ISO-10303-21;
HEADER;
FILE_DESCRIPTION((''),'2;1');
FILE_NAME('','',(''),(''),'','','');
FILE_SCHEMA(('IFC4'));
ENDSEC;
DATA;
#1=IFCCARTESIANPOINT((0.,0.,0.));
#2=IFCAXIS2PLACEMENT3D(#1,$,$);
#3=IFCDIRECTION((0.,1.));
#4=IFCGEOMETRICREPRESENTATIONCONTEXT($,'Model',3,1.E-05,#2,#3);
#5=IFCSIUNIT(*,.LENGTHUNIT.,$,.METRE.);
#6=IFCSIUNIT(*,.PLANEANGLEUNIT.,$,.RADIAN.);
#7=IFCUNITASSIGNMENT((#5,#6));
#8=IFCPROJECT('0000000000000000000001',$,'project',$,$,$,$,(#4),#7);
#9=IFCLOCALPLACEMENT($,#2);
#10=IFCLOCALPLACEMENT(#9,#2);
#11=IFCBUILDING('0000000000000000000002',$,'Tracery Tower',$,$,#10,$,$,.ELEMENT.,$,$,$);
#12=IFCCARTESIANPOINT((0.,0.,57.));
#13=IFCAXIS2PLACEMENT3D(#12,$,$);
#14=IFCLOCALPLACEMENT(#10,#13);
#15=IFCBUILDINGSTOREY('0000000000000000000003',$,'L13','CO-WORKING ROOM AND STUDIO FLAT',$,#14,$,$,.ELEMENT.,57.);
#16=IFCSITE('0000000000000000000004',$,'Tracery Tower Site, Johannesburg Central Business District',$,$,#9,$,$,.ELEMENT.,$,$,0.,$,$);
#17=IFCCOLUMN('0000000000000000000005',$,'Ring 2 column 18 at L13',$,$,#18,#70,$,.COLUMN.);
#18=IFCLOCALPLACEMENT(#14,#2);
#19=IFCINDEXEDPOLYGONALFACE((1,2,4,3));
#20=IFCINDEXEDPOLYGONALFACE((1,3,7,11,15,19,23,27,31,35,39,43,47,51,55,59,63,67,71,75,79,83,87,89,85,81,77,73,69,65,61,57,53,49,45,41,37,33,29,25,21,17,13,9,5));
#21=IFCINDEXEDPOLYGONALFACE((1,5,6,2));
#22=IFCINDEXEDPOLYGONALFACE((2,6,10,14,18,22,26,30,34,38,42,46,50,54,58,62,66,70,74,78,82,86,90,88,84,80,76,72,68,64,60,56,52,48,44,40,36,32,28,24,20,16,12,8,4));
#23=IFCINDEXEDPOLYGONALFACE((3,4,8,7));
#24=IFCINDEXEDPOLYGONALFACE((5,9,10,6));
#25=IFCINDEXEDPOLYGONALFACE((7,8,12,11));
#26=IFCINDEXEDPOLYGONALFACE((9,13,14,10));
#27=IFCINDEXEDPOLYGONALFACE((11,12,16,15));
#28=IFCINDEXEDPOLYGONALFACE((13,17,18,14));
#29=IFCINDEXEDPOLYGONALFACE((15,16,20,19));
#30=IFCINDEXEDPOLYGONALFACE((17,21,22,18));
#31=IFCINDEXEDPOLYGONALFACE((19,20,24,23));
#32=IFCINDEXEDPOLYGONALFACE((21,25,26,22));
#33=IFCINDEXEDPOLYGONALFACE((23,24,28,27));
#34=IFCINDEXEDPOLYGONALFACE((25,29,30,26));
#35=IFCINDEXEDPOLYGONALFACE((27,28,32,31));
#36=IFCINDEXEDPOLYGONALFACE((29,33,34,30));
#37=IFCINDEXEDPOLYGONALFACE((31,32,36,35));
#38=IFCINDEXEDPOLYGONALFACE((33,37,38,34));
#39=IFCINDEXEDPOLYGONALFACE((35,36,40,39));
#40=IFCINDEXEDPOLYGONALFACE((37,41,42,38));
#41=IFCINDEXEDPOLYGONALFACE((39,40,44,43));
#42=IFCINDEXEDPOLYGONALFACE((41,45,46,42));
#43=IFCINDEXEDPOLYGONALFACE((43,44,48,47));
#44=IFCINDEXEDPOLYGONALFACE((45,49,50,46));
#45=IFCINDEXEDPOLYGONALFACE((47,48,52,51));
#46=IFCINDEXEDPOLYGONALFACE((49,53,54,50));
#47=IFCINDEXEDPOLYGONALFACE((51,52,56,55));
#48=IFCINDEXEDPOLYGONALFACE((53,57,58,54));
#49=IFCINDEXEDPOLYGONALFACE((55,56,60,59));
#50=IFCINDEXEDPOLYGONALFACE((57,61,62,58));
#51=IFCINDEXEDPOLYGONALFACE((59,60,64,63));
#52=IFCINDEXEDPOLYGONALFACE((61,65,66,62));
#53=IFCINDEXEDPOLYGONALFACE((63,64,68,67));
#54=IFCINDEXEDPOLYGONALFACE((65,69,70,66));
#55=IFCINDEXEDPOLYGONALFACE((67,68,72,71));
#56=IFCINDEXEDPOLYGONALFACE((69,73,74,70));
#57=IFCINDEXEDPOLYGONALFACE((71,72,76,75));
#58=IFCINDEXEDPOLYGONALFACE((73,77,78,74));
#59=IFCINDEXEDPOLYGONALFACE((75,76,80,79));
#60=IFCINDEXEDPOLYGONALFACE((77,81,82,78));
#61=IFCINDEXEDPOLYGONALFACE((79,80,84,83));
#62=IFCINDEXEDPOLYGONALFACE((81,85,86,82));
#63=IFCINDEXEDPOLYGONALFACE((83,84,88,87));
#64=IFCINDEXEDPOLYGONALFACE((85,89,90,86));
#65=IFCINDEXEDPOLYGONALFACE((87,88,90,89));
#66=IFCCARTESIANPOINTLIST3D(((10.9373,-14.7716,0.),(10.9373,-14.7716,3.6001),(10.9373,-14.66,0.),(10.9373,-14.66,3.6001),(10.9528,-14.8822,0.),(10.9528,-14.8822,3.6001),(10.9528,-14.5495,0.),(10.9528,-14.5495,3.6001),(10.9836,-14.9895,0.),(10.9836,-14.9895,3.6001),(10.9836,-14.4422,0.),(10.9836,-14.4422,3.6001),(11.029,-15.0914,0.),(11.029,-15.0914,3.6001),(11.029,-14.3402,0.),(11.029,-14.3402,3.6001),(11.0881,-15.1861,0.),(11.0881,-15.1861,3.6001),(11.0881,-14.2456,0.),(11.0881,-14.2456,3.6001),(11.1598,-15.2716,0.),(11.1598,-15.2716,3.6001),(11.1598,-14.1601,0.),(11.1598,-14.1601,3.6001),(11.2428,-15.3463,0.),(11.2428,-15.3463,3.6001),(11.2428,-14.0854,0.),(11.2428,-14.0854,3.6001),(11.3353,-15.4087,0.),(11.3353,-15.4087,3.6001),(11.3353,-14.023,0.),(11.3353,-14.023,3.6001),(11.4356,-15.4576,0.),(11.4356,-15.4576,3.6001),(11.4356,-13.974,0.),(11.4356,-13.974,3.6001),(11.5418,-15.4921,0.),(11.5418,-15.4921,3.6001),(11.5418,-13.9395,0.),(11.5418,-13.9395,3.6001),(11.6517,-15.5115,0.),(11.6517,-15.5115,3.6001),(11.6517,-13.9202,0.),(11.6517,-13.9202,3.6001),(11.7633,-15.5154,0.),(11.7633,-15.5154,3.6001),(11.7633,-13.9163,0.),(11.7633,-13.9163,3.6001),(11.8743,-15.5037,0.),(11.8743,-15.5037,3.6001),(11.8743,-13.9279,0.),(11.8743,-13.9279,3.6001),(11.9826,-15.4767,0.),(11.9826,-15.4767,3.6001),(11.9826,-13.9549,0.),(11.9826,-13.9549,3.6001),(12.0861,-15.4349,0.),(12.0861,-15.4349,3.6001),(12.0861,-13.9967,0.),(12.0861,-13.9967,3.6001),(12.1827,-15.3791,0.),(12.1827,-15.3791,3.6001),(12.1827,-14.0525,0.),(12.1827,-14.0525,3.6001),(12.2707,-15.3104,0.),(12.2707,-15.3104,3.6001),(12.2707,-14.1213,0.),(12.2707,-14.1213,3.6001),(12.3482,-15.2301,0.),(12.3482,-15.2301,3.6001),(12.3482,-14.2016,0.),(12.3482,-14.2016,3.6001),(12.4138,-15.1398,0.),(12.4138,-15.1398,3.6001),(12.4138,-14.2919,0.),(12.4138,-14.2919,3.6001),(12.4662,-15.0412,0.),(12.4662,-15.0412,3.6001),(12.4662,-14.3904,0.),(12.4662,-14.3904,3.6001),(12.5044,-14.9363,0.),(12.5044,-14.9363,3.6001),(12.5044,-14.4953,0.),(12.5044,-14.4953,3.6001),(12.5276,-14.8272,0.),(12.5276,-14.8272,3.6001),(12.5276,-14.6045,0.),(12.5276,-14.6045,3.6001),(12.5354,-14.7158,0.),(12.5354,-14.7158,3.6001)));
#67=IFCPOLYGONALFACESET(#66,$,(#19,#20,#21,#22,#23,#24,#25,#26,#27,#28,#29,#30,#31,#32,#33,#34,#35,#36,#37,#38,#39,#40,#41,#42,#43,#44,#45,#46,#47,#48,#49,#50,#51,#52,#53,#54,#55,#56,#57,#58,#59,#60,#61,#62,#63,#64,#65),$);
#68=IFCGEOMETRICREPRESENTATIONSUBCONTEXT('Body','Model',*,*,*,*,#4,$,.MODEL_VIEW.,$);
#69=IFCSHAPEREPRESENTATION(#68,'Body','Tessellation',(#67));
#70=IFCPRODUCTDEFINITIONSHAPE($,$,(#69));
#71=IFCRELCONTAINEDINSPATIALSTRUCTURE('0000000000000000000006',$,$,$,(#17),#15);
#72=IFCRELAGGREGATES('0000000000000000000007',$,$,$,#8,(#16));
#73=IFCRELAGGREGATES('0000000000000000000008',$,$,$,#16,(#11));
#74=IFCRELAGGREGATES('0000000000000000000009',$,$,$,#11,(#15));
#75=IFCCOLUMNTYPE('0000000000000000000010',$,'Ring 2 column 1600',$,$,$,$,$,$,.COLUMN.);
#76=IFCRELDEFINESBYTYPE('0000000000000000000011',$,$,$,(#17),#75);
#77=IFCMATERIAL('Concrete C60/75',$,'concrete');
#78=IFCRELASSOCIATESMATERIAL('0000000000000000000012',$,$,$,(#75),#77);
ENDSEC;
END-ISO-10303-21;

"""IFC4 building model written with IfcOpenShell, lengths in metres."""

from ifc_helpers import new_model, si_unit, direction, frame, origin, origin_2d, place, context, subcontext, project, spatial, circle, extrude, material, material_profile, profile_set, type_object, element, save


model = new_model("IFC4")

# Units and contexts
model_context = context("Model", 3, precision=1e-05, world=origin(), true_north=direction((0.0, 1.0)))
body_context = subcontext(model_context, "Body", "Model", "MODEL_VIEW")
ifc_project = project(units=[si_unit("LENGTHUNIT", "METRE"), si_unit("PLANEANGLEUNIT", "RADIAN")], contexts=[model_context])

# Site, building, storey
site_placement = place(None, origin())
site = spatial("IfcSite", under=ifc_project, at=site_placement, Name="Tracery Tower Site, Johannesburg Central Business District", CompositionType="ELEMENT", RefElevation=0.0)
building_placement = place(site_placement, origin())
building = spatial("IfcBuilding", under=site, at=building_placement, Name="Tracery Tower", CompositionType="ELEMENT")
storey_placement = place(building_placement, frame((0.0, 0.0, 57.0)))
storey = spatial("IfcBuildingStorey", under=building, at=storey_placement, Name="L13", Description="CO-WORKING ROOM AND STUDIO FLAT", CompositionType="ELEMENT", Elevation=57.0)

# Column
ifc_material_1 = material(Name="Concrete C60/75", Category="concrete")
ifc_material_profile = material_profile(ifc_material_1, circle(Radius=0.8, at=origin_2d()), Name="RC D1600")
ifc_profile_set = profile_set([ifc_material_profile], Name="Concrete C60/75")
column_type = type_object("IfcColumnType", Name="Ring 2 column 1600", PredefinedType="COLUMN", material=ifc_profile_set)
column_placement = place(storey_placement, frame((11.7354, -14.7158, 0.0), z_axis=(0.0, 0.0, 1.0), x_axis=(1.0, 0.0, 0.0)))
element("IfcColumn", 1, at=column_placement, inside=storey, type_object=column_type, Name="Ring 2 column 18 at L13", PredefinedType="COLUMN", context=body_context, shape_type="SweptSolid", body=[
    extrude(circle(Radius=0.8, at=origin_2d()), origin(), (0.0, 0.0, 1.0), 3.6001),
])

save(model, "model.ifc")
